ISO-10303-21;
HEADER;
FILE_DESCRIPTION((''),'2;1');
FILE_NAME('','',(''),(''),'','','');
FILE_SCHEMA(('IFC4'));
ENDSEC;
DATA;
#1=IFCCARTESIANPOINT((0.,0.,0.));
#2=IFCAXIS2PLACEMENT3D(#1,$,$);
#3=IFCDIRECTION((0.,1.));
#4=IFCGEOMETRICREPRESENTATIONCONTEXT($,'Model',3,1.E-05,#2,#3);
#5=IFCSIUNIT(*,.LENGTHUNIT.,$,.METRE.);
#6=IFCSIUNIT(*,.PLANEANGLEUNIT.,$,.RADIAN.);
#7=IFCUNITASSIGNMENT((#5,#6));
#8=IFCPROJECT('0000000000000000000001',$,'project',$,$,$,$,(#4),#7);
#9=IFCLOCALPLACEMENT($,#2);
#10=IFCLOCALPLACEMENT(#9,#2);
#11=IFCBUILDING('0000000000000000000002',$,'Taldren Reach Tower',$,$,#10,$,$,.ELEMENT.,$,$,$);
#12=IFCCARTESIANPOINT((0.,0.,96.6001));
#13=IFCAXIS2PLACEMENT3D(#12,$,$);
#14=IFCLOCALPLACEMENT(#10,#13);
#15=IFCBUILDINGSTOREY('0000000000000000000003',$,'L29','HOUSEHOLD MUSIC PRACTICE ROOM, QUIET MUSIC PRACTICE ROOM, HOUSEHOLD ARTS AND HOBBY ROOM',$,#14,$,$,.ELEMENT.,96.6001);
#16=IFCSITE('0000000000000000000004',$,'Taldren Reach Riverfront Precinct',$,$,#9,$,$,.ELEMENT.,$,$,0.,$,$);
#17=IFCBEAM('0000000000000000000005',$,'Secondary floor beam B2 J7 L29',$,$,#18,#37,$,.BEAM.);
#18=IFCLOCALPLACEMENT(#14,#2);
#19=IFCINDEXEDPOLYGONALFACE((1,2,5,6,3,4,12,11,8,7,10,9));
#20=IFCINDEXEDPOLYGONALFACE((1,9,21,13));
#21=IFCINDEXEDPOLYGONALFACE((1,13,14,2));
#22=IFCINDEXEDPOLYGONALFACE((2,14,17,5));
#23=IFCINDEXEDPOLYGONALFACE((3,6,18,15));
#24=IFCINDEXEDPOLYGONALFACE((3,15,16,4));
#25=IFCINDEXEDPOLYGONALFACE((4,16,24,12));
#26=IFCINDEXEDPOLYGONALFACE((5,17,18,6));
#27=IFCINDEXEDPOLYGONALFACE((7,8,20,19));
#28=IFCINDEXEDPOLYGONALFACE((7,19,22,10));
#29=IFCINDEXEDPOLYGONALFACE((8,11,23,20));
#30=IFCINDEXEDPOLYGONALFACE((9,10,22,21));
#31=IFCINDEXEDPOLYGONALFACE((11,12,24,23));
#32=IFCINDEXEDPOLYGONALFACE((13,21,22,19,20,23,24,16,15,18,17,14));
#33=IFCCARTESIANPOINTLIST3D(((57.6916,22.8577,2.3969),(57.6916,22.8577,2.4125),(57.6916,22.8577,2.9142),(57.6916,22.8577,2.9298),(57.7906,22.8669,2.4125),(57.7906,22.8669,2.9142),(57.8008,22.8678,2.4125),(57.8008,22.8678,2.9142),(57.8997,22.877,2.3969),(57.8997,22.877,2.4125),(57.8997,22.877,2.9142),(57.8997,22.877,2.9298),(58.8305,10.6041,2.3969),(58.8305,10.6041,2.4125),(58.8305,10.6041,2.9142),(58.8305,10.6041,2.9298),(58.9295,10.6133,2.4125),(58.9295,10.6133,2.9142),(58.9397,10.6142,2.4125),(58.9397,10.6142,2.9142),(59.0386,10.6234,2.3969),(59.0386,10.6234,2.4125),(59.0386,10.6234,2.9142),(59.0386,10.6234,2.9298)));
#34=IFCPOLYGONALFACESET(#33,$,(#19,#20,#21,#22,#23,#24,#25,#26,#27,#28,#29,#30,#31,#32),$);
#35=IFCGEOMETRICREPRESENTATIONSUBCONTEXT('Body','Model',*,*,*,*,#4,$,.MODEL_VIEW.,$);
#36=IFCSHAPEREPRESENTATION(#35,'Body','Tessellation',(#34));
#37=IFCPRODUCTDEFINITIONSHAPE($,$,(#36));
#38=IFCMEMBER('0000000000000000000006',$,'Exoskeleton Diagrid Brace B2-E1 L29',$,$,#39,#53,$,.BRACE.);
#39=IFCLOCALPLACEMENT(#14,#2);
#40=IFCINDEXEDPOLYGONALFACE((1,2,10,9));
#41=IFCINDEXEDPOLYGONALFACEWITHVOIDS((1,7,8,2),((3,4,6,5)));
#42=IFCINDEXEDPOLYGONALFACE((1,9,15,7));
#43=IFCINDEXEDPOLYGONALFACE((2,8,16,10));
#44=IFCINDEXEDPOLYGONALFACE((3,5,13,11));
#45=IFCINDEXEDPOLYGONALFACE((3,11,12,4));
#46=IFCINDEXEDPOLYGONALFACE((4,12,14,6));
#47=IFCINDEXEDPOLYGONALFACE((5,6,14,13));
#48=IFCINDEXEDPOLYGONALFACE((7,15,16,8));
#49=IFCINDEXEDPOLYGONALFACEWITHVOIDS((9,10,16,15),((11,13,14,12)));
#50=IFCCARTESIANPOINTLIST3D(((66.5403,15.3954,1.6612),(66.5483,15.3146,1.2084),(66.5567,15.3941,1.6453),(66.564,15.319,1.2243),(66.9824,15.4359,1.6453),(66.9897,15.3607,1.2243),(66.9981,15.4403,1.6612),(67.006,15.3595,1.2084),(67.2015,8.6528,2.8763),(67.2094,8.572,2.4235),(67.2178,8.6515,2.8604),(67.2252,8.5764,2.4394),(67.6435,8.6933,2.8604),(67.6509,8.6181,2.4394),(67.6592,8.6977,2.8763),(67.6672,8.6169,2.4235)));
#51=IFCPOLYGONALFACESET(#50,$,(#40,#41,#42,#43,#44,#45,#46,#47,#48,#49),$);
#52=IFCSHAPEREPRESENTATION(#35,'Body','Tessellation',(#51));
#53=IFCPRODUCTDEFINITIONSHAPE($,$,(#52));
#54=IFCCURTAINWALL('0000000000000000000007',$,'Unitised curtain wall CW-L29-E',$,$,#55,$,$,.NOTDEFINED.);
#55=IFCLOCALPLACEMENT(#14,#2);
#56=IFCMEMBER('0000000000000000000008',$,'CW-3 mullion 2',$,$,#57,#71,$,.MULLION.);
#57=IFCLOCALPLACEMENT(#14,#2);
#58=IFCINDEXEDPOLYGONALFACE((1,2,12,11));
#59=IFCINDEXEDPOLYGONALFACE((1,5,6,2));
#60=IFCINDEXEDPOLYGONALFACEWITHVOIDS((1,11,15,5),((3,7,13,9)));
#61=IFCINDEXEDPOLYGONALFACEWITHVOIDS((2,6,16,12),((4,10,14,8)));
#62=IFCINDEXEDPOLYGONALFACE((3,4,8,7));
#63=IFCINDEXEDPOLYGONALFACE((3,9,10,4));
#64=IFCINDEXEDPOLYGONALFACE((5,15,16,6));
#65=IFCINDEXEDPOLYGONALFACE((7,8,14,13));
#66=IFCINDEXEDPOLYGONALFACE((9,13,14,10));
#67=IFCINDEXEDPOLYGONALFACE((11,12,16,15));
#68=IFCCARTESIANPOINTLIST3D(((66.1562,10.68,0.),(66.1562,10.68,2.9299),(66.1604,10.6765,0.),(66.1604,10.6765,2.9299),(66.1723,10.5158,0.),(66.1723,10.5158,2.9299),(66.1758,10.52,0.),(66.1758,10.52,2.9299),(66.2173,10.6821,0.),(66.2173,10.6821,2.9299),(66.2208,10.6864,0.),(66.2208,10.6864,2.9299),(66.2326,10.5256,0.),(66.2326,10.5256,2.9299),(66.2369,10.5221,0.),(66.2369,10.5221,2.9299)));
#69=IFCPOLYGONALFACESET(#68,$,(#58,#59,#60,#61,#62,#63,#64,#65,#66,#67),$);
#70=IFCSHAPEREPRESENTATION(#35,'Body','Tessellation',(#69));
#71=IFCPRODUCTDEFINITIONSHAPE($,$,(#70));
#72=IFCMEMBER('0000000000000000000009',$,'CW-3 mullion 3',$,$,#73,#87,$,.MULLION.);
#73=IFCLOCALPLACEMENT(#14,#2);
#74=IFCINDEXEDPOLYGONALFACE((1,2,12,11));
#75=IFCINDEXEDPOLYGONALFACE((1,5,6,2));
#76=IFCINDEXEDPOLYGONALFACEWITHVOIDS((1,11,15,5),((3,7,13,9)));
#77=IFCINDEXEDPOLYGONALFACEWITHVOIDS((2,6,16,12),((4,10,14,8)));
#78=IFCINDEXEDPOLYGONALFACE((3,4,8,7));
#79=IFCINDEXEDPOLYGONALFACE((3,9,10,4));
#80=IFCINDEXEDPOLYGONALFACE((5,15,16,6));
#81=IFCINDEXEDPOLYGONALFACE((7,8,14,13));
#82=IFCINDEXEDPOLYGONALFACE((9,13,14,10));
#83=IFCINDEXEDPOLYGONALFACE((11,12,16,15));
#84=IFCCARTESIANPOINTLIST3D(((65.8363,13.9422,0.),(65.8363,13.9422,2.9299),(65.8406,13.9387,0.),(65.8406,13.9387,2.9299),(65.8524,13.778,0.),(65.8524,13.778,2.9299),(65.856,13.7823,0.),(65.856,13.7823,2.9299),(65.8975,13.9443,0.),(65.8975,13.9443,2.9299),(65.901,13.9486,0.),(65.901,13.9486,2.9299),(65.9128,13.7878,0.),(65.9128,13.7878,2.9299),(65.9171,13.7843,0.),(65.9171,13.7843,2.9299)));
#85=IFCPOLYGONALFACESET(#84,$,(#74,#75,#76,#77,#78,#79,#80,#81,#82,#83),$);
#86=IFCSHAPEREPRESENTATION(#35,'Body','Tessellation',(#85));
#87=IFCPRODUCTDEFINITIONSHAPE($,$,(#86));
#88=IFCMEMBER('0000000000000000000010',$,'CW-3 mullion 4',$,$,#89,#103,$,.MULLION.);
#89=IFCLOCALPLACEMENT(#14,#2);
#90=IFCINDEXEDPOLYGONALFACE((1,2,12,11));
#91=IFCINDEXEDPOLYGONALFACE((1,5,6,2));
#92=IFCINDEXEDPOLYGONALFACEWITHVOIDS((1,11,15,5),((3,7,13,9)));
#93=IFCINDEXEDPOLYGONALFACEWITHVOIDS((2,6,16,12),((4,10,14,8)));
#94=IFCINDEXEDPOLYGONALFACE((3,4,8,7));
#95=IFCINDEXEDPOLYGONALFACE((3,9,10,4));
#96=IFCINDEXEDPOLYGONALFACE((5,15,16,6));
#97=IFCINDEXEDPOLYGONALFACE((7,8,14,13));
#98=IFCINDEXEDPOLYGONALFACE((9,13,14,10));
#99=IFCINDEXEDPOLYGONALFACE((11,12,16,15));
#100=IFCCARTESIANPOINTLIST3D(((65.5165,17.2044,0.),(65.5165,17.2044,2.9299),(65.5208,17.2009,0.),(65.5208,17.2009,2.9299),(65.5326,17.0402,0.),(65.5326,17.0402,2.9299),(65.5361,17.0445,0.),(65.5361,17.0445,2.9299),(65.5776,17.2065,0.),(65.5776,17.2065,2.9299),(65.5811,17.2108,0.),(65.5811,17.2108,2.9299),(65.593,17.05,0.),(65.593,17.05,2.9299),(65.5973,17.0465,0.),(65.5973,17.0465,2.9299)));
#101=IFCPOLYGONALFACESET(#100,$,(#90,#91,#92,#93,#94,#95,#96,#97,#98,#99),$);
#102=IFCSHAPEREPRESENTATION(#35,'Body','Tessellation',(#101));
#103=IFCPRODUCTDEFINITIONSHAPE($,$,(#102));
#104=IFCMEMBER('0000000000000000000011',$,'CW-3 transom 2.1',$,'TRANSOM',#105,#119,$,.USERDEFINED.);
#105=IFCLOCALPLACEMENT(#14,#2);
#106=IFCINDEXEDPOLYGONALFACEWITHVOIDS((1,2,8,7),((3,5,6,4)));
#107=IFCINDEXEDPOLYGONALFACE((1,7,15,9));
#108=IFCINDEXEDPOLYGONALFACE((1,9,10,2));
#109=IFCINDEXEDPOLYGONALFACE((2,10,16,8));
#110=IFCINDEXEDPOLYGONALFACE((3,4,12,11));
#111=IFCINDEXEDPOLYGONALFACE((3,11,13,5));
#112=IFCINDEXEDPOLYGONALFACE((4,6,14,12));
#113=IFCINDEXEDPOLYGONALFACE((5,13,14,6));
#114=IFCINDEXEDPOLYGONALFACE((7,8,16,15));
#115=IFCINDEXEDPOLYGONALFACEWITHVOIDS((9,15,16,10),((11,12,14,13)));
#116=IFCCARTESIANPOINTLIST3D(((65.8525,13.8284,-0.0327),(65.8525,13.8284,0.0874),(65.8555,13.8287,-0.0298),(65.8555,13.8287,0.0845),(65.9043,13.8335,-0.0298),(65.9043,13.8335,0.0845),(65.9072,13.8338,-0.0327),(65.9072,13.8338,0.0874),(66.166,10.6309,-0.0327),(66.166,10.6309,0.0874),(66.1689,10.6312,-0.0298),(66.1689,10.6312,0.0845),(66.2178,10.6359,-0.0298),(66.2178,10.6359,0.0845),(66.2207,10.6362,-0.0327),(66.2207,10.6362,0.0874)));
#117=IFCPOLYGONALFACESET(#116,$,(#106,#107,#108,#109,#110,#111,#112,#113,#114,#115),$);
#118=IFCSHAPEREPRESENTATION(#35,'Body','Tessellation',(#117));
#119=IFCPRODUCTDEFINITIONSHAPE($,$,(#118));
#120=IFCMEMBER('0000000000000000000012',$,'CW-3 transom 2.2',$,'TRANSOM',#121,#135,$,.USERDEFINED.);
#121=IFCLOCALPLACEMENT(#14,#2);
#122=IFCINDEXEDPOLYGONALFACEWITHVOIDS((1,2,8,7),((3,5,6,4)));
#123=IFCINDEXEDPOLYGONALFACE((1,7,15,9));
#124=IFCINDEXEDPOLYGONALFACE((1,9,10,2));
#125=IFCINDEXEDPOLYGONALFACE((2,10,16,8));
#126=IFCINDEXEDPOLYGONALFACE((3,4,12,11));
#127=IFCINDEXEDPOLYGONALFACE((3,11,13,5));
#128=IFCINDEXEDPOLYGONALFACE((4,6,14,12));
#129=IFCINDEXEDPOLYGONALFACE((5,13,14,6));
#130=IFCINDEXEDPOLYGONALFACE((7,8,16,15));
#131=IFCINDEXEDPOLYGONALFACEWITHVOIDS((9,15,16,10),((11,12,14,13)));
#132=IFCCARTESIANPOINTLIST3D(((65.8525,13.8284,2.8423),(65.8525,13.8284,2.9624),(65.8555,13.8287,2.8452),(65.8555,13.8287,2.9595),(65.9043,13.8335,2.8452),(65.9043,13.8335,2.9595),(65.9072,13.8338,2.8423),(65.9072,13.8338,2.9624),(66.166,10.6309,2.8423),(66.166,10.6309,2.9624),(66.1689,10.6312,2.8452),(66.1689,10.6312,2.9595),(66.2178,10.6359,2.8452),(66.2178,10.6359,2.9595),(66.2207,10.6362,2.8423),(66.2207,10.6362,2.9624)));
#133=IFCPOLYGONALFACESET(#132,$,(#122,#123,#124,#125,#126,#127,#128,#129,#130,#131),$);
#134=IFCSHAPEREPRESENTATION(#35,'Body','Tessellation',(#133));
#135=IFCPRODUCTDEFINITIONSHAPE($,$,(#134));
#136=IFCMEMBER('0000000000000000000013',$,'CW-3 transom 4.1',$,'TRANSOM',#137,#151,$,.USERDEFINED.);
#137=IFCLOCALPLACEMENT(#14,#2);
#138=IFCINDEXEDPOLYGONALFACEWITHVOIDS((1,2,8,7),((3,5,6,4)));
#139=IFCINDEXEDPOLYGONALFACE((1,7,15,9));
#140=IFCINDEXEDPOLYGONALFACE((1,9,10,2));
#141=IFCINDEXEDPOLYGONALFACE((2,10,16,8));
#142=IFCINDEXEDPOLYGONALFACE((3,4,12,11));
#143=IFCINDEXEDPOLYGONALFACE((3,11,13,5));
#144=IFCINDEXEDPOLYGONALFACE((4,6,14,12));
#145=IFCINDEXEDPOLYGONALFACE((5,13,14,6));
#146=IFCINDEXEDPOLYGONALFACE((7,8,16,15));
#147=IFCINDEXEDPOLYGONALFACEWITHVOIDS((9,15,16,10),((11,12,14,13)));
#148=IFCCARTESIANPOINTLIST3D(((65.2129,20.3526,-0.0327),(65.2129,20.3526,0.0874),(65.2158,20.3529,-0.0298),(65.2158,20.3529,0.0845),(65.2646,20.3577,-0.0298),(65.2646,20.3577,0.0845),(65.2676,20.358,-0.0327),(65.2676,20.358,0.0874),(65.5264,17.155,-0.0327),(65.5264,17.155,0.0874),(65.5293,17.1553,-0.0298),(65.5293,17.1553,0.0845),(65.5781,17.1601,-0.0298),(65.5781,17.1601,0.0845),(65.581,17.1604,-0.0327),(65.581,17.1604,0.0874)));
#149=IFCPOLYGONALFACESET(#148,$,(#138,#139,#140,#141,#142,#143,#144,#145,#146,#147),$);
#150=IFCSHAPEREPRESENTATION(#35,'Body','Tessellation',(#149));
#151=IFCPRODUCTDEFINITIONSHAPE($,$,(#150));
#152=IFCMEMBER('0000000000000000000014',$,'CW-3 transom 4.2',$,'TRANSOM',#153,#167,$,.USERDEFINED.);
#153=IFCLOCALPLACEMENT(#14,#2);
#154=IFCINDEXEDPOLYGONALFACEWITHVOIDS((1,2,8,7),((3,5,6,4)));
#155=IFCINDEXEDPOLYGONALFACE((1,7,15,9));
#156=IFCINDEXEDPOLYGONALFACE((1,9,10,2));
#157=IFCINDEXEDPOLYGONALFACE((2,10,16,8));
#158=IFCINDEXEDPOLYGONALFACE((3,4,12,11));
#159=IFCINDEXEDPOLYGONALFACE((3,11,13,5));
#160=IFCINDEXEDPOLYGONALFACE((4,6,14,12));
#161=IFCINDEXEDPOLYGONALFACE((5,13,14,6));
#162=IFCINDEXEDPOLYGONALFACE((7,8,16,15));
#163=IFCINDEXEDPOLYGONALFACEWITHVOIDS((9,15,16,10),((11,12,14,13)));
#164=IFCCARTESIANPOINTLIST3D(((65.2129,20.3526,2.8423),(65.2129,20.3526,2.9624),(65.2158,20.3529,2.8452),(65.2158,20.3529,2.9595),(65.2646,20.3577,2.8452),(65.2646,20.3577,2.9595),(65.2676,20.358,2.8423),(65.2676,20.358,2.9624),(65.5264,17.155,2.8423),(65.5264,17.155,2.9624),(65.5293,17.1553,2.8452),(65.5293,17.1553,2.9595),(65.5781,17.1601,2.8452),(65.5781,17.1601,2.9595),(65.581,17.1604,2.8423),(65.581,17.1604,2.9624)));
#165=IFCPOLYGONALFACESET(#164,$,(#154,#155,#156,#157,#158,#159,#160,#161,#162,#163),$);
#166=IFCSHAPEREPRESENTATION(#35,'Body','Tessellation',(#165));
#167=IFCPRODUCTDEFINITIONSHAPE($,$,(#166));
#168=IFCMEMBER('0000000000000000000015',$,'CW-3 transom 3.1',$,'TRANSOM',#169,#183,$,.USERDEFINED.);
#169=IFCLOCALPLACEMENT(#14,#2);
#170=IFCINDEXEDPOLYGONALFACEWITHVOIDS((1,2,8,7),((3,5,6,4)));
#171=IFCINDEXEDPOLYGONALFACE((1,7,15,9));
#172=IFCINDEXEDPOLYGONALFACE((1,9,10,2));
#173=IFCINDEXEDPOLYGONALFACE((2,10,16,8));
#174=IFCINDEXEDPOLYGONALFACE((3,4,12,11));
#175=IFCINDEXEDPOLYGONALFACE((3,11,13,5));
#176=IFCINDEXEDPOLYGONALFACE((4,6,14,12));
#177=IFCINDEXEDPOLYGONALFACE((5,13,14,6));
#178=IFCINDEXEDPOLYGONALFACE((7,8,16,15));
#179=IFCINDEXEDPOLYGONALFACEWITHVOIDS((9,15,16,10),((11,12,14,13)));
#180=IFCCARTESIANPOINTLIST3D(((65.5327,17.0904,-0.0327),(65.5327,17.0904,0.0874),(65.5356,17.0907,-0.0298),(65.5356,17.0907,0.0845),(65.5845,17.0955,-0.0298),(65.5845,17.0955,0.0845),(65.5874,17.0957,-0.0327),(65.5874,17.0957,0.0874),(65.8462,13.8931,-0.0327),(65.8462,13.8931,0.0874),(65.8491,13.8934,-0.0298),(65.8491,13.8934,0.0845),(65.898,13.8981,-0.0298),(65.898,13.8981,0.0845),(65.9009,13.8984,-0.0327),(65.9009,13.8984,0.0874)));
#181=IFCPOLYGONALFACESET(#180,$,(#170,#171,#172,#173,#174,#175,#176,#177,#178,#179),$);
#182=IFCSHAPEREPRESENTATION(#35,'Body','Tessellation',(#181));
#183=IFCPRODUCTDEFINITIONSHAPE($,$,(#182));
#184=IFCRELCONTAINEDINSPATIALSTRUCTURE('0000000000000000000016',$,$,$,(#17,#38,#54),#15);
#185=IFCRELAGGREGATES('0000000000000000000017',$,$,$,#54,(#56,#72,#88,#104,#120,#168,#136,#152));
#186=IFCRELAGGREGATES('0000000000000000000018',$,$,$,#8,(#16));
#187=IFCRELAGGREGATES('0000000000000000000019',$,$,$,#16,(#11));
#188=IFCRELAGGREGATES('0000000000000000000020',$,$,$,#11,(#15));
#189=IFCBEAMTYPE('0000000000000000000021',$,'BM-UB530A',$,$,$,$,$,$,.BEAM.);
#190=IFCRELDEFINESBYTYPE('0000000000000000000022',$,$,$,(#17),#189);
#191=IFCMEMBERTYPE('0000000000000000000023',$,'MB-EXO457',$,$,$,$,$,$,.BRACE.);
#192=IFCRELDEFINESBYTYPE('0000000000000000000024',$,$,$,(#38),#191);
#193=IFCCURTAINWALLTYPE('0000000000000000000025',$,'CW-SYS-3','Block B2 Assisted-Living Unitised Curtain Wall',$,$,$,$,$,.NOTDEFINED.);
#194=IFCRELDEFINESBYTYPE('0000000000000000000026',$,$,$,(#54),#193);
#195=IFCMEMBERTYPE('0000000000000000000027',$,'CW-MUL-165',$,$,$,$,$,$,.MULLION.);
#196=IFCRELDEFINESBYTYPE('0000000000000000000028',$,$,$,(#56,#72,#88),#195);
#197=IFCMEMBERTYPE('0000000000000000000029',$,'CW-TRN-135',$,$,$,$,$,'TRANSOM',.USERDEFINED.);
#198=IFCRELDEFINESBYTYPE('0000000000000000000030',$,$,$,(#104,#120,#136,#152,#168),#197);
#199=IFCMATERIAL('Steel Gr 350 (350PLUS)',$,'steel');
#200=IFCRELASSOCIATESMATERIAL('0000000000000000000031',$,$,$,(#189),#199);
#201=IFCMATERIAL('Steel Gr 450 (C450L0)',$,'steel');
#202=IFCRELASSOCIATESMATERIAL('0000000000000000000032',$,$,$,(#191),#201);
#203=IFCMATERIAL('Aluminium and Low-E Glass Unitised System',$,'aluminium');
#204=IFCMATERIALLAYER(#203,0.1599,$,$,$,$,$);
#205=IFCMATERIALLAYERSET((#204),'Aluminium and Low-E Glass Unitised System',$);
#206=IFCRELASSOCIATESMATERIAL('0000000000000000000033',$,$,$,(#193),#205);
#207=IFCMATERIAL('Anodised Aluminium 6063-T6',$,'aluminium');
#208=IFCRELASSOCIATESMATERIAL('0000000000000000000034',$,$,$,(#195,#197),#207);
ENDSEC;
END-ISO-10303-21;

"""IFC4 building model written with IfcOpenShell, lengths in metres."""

from ifc_helpers import new_model, si_unit, direction, frame, origin, origin_2d, place, context, subcontext, project, spatial, hollow_rectangle, i_section, extrude, source, transform, mapped, material, layer, layer_set, material_profile, profile_set, type_object, element, aggregate, save


model = new_model("IFC4")

# Units and contexts
model_context = context("Model", 3, precision=1e-05, world=origin(), true_north=direction((0.0, 1.0)))
body_context = subcontext(model_context, "Body", "Model", "MODEL_VIEW")
ifc_project = project(units=[si_unit("LENGTHUNIT", "METRE"), si_unit("PLANEANGLEUNIT", "RADIAN")], contexts=[model_context])

# Site, building, storey
site_placement = place(None, origin())
site = spatial("IfcSite", under=ifc_project, at=site_placement, Name="Taldren Reach Riverfront Precinct", CompositionType="ELEMENT", RefElevation=0.0)
building_placement = place(site_placement, origin())
building = spatial("IfcBuilding", under=site, at=building_placement, Name="Taldren Reach Tower", CompositionType="ELEMENT")
storey_placement = place(building_placement, frame((0.0, 0.0, 96.6001)))
storey = spatial("IfcBuildingStorey", under=building, at=storey_placement, Name="L29", Description="HOUSEHOLD MUSIC PRACTICE ROOM, QUIET MUSIC PRACTICE ROOM, HOUSEHOLD ARTS AND HOBBY ROOM", CompositionType="ELEMENT", Elevation=96.6001)

# Beam
ifc_material_1 = material(Name="Steel Gr 350 (350PLUS)", Category="steel")
ifc_material_profile_1 = material_profile(ifc_material_1, i_section(OverallWidth=0.209, OverallDepth=0.533, WebThickness=0.0103, FlangeThickness=0.0156, at=origin_2d()), Name="530UB92.4")
ifc_profile_set_1 = profile_set([ifc_material_profile_1], Name="Steel Gr 350 (350PLUS)")
beam_type = type_object("IfcBeamType", Name="BM-UB530A", PredefinedType="BEAM", material=ifc_profile_set_1)
shared_shape_1 = source(origin(), body_context, "Body", "SweptSolid", [
    extrude(i_section(OverallWidth=0.209, OverallDepth=0.533, WebThickness=0.0103, FlangeThickness=0.0156, at=origin_2d()), origin(), (0.0, 0.0, 1.0), 12.3064),
])
beam_placement = place(storey_placement, frame((58.9346, 10.6138, 2.6633), z_axis=(-0.092546, 0.995708, 0.0), x_axis=(-0.995708, -0.092546, 0.0)))
element("IfcBeam", 1, at=beam_placement, inside=storey, type_object=beam_type, Name="Secondary floor beam B2 J7 L29", PredefinedType="BEAM", context=body_context, shape_type="MappedRepresentation", body=[
    mapped(shared_shape_1, transform((0.0, 0.0, 0.0), scale=1.0)),
])

# Member
ifc_material_2 = material(Name="Steel Gr 450 (C450L0)", Category="steel")
ifc_material_profile_2 = material_profile(ifc_material_2, hollow_rectangle(XDim=0.46, YDim=0.46, WallThickness=0.0161, at=origin_2d()), Name="460x460x16.0SHS")
ifc_profile_set_2 = profile_set([ifc_material_profile_2], Name="Steel Gr 450 (C450L0)")
member_type_1 = type_object("IfcMemberType", Name="MB-EXO457", PredefinedType="BRACE", material=ifc_profile_set_2)
shared_shape_2 = source(origin(), body_context, "Body", "SweptSolid", [
    extrude(hollow_rectangle(XDim=0.46, YDim=0.46, WallThickness=0.0161, at=origin_2d()), origin(), (0.0, 0.0, 1.0), 6.8831),
])
member_1_placement = place(storey_placement, frame((66.7732, 15.3774, 1.4348), z_axis=(0.096051, -0.979597, 0.176532), x_axis=(0.995227, 0.097584, 0.0)))
element("IfcMember", 2, at=member_1_placement, inside=storey, type_object=member_type_1, Name="Exoskeleton Diagrid Brace B2-E1 L29", PredefinedType="BRACE", context=body_context, shape_type="MappedRepresentation", body=[
    mapped(shared_shape_2, transform((0.0, 0.0, 0.0), scale=1.0)),
])

# Curtain wall, members
ifc_material_3 = material(Name="Aluminium and Low-E Glass Unitised System", Category="aluminium")
ifc_layer_1 = layer(ifc_material_3, 0.1599)
ifc_layer_set_1 = layer_set([ifc_layer_1], Name="Aluminium and Low-E Glass Unitised System")
curtain_wall_type = type_object("IfcCurtainWallType", Name="CW-SYS-3", Description="Block B2 Assisted-Living Unitised Curtain Wall", PredefinedType="NOTDEFINED", material=ifc_layer_set_1)
curtain_wall_placement = place(storey_placement, origin())
curtain_wall = element("IfcCurtainWall", 3, at=curtain_wall_placement, inside=storey, type_object=curtain_wall_type, Name="Unitised curtain wall CW-L29-E", PredefinedType="NOTDEFINED")
ifc_material_4 = material(Name="Anodised Aluminium 6063-T6", Category="aluminium")
ifc_material_profile_3 = material_profile(ifc_material_4, hollow_rectangle(XDim=0.0649, YDim=0.165, WallThickness=0.0039, at=origin_2d()), Name="ALU-165x65x4RHS")
ifc_profile_set_3 = profile_set([ifc_material_profile_3], Name="Anodised Aluminium 6063-T6")
member_type_2 = type_object("IfcMemberType", Name="CW-MUL-165", PredefinedType="MULLION", material=ifc_profile_set_3)
shared_shape_3 = source(origin(), body_context, "Body", "SweptSolid", [
    extrude(hollow_rectangle(XDim=0.0649, YDim=0.165, WallThickness=0.0039, at=origin_2d()), origin(), (0.0, 0.0, 1.0), 2.9299),
])
member_2_placement = place(storey_placement, frame((66.1965, 10.6011, 0.0), z_axis=(0.0, 0.0, 1.0), x_axis=(-0.995227, -0.097583, 0.0)))
member_2 = element("IfcMember", 4, at=member_2_placement, type_object=member_type_2, Name="CW-3 mullion 2", PredefinedType="MULLION", context=body_context, shape_type="MappedRepresentation", body=[
    mapped(shared_shape_3, transform((0.0, 0.0, 0.0), scale=1.0)),
])
member_3_placement = place(storey_placement, frame((65.8767, 13.8633, 0.0), z_axis=(0.0, 0.0, 1.0), x_axis=(-0.995227, -0.097583, 0.0)))
member_3 = element("IfcMember", 5, at=member_3_placement, type_object=member_type_2, Name="CW-3 mullion 3", PredefinedType="MULLION", context=body_context, shape_type="MappedRepresentation", body=[
    mapped(shared_shape_3, transform((0.0, 0.0, 0.0), scale=1.0)),
])
member_4_placement = place(storey_placement, frame((65.5569, 17.1255, 0.0), z_axis=(0.0, 0.0, 1.0), x_axis=(-0.995227, -0.097583, 0.0)))
member_4 = element("IfcMember", 6, at=member_4_placement, type_object=member_type_2, Name="CW-3 mullion 4", PredefinedType="MULLION", context=body_context, shape_type="MappedRepresentation", body=[
    mapped(shared_shape_3, transform((0.0, 0.0, 0.0), scale=1.0)),
])
ifc_material_profile_4 = material_profile(ifc_material_4, hollow_rectangle(XDim=0.0549, YDim=0.1201, WallThickness=0.0029, at=origin_2d()), Name="ALU-120x55x3RHS")
ifc_profile_set_4 = profile_set([ifc_material_profile_4], Name="Anodised Aluminium 6063-T6")
member_type_3 = type_object("IfcMemberType", Name="CW-TRN-135", ElementType="TRANSOM", PredefinedType="USERDEFINED", material=ifc_profile_set_4)
shared_shape_4 = source(origin(), body_context, "Body", "SweptSolid", [
    extrude(hollow_rectangle(XDim=0.0549, YDim=0.1201, WallThickness=0.0029, at=origin_2d()), origin(), (0.0, 0.0, 1.0), 3.2129),
])
member_5_placement = place(storey_placement, frame((66.1934, 10.6335, 0.0273), z_axis=(-0.09757, 0.995229, 0.0), x_axis=(-0.995229, -0.09757, 0.0)))
member_5 = element("IfcMember", 7, at=member_5_placement, type_object=member_type_3, Name="CW-3 transom 2.1", ObjectType="TRANSOM", PredefinedType="USERDEFINED", context=body_context, shape_type="MappedRepresentation", body=[
    mapped(shared_shape_4, transform((0.0, 0.0, 0.0), scale=1.0)),
])
member_6_placement = place(storey_placement, frame((66.1934, 10.6335, 2.9023), z_axis=(-0.09757, 0.995229, 0.0), x_axis=(-0.995229, -0.09757, 0.0)))
member_6 = element("IfcMember", 8, at=member_6_placement, type_object=member_type_3, Name="CW-3 transom 2.2", ObjectType="TRANSOM", PredefinedType="USERDEFINED", context=body_context, shape_type="MappedRepresentation", body=[
    mapped(shared_shape_4, transform((0.0, 0.0, 0.0), scale=1.0)),
])
member_7_placement = place(storey_placement, frame((65.5537, 17.1577, 0.0273), z_axis=(-0.09757, 0.995229, 0.0), x_axis=(-0.995229, -0.09757, 0.0)))
member_7 = element("IfcMember", 9, at=member_7_placement, type_object=member_type_3, Name="CW-3 transom 4.1", ObjectType="TRANSOM", PredefinedType="USERDEFINED", context=body_context, shape_type="MappedRepresentation", body=[
    mapped(shared_shape_4, transform((0.0, 0.0, 0.0), scale=1.0)),
])
member_8_placement = place(storey_placement, frame((65.5537, 17.1577, 2.9023), z_axis=(-0.09757, 0.995229, 0.0), x_axis=(-0.995229, -0.09757, 0.0)))
member_8 = element("IfcMember", 10, at=member_8_placement, type_object=member_type_3, Name="CW-3 transom 4.2", ObjectType="TRANSOM", PredefinedType="USERDEFINED", context=body_context, shape_type="MappedRepresentation", body=[
    mapped(shared_shape_4, transform((0.0, 0.0, 0.0), scale=1.0)),
])
shared_shape_5 = source(origin(), body_context, "Body", "SweptSolid", [
    extrude(hollow_rectangle(XDim=0.0549, YDim=0.1201, WallThickness=0.0029, at=origin_2d()), origin(), (0.0, 0.0, 1.0), 3.2126),
])
member_9_placement = place(storey_placement, frame((65.8735, 13.8958, 0.0273), z_axis=(-0.097577, 0.995228, 0.0), x_axis=(-0.995228, -0.097577, 0.0)))
member_9 = element("IfcMember", 11, at=member_9_placement, type_object=member_type_3, Name="CW-3 transom 3.1", ObjectType="TRANSOM", PredefinedType="USERDEFINED", context=body_context, shape_type="MappedRepresentation", body=[
    mapped(shared_shape_5, transform((0.0, 0.0, 0.0), scale=1.0)),
])
aggregate(curtain_wall, [member_2, member_3, member_4, member_5, member_6, member_9, member_7, member_8])

save(model, "model.ifc")
